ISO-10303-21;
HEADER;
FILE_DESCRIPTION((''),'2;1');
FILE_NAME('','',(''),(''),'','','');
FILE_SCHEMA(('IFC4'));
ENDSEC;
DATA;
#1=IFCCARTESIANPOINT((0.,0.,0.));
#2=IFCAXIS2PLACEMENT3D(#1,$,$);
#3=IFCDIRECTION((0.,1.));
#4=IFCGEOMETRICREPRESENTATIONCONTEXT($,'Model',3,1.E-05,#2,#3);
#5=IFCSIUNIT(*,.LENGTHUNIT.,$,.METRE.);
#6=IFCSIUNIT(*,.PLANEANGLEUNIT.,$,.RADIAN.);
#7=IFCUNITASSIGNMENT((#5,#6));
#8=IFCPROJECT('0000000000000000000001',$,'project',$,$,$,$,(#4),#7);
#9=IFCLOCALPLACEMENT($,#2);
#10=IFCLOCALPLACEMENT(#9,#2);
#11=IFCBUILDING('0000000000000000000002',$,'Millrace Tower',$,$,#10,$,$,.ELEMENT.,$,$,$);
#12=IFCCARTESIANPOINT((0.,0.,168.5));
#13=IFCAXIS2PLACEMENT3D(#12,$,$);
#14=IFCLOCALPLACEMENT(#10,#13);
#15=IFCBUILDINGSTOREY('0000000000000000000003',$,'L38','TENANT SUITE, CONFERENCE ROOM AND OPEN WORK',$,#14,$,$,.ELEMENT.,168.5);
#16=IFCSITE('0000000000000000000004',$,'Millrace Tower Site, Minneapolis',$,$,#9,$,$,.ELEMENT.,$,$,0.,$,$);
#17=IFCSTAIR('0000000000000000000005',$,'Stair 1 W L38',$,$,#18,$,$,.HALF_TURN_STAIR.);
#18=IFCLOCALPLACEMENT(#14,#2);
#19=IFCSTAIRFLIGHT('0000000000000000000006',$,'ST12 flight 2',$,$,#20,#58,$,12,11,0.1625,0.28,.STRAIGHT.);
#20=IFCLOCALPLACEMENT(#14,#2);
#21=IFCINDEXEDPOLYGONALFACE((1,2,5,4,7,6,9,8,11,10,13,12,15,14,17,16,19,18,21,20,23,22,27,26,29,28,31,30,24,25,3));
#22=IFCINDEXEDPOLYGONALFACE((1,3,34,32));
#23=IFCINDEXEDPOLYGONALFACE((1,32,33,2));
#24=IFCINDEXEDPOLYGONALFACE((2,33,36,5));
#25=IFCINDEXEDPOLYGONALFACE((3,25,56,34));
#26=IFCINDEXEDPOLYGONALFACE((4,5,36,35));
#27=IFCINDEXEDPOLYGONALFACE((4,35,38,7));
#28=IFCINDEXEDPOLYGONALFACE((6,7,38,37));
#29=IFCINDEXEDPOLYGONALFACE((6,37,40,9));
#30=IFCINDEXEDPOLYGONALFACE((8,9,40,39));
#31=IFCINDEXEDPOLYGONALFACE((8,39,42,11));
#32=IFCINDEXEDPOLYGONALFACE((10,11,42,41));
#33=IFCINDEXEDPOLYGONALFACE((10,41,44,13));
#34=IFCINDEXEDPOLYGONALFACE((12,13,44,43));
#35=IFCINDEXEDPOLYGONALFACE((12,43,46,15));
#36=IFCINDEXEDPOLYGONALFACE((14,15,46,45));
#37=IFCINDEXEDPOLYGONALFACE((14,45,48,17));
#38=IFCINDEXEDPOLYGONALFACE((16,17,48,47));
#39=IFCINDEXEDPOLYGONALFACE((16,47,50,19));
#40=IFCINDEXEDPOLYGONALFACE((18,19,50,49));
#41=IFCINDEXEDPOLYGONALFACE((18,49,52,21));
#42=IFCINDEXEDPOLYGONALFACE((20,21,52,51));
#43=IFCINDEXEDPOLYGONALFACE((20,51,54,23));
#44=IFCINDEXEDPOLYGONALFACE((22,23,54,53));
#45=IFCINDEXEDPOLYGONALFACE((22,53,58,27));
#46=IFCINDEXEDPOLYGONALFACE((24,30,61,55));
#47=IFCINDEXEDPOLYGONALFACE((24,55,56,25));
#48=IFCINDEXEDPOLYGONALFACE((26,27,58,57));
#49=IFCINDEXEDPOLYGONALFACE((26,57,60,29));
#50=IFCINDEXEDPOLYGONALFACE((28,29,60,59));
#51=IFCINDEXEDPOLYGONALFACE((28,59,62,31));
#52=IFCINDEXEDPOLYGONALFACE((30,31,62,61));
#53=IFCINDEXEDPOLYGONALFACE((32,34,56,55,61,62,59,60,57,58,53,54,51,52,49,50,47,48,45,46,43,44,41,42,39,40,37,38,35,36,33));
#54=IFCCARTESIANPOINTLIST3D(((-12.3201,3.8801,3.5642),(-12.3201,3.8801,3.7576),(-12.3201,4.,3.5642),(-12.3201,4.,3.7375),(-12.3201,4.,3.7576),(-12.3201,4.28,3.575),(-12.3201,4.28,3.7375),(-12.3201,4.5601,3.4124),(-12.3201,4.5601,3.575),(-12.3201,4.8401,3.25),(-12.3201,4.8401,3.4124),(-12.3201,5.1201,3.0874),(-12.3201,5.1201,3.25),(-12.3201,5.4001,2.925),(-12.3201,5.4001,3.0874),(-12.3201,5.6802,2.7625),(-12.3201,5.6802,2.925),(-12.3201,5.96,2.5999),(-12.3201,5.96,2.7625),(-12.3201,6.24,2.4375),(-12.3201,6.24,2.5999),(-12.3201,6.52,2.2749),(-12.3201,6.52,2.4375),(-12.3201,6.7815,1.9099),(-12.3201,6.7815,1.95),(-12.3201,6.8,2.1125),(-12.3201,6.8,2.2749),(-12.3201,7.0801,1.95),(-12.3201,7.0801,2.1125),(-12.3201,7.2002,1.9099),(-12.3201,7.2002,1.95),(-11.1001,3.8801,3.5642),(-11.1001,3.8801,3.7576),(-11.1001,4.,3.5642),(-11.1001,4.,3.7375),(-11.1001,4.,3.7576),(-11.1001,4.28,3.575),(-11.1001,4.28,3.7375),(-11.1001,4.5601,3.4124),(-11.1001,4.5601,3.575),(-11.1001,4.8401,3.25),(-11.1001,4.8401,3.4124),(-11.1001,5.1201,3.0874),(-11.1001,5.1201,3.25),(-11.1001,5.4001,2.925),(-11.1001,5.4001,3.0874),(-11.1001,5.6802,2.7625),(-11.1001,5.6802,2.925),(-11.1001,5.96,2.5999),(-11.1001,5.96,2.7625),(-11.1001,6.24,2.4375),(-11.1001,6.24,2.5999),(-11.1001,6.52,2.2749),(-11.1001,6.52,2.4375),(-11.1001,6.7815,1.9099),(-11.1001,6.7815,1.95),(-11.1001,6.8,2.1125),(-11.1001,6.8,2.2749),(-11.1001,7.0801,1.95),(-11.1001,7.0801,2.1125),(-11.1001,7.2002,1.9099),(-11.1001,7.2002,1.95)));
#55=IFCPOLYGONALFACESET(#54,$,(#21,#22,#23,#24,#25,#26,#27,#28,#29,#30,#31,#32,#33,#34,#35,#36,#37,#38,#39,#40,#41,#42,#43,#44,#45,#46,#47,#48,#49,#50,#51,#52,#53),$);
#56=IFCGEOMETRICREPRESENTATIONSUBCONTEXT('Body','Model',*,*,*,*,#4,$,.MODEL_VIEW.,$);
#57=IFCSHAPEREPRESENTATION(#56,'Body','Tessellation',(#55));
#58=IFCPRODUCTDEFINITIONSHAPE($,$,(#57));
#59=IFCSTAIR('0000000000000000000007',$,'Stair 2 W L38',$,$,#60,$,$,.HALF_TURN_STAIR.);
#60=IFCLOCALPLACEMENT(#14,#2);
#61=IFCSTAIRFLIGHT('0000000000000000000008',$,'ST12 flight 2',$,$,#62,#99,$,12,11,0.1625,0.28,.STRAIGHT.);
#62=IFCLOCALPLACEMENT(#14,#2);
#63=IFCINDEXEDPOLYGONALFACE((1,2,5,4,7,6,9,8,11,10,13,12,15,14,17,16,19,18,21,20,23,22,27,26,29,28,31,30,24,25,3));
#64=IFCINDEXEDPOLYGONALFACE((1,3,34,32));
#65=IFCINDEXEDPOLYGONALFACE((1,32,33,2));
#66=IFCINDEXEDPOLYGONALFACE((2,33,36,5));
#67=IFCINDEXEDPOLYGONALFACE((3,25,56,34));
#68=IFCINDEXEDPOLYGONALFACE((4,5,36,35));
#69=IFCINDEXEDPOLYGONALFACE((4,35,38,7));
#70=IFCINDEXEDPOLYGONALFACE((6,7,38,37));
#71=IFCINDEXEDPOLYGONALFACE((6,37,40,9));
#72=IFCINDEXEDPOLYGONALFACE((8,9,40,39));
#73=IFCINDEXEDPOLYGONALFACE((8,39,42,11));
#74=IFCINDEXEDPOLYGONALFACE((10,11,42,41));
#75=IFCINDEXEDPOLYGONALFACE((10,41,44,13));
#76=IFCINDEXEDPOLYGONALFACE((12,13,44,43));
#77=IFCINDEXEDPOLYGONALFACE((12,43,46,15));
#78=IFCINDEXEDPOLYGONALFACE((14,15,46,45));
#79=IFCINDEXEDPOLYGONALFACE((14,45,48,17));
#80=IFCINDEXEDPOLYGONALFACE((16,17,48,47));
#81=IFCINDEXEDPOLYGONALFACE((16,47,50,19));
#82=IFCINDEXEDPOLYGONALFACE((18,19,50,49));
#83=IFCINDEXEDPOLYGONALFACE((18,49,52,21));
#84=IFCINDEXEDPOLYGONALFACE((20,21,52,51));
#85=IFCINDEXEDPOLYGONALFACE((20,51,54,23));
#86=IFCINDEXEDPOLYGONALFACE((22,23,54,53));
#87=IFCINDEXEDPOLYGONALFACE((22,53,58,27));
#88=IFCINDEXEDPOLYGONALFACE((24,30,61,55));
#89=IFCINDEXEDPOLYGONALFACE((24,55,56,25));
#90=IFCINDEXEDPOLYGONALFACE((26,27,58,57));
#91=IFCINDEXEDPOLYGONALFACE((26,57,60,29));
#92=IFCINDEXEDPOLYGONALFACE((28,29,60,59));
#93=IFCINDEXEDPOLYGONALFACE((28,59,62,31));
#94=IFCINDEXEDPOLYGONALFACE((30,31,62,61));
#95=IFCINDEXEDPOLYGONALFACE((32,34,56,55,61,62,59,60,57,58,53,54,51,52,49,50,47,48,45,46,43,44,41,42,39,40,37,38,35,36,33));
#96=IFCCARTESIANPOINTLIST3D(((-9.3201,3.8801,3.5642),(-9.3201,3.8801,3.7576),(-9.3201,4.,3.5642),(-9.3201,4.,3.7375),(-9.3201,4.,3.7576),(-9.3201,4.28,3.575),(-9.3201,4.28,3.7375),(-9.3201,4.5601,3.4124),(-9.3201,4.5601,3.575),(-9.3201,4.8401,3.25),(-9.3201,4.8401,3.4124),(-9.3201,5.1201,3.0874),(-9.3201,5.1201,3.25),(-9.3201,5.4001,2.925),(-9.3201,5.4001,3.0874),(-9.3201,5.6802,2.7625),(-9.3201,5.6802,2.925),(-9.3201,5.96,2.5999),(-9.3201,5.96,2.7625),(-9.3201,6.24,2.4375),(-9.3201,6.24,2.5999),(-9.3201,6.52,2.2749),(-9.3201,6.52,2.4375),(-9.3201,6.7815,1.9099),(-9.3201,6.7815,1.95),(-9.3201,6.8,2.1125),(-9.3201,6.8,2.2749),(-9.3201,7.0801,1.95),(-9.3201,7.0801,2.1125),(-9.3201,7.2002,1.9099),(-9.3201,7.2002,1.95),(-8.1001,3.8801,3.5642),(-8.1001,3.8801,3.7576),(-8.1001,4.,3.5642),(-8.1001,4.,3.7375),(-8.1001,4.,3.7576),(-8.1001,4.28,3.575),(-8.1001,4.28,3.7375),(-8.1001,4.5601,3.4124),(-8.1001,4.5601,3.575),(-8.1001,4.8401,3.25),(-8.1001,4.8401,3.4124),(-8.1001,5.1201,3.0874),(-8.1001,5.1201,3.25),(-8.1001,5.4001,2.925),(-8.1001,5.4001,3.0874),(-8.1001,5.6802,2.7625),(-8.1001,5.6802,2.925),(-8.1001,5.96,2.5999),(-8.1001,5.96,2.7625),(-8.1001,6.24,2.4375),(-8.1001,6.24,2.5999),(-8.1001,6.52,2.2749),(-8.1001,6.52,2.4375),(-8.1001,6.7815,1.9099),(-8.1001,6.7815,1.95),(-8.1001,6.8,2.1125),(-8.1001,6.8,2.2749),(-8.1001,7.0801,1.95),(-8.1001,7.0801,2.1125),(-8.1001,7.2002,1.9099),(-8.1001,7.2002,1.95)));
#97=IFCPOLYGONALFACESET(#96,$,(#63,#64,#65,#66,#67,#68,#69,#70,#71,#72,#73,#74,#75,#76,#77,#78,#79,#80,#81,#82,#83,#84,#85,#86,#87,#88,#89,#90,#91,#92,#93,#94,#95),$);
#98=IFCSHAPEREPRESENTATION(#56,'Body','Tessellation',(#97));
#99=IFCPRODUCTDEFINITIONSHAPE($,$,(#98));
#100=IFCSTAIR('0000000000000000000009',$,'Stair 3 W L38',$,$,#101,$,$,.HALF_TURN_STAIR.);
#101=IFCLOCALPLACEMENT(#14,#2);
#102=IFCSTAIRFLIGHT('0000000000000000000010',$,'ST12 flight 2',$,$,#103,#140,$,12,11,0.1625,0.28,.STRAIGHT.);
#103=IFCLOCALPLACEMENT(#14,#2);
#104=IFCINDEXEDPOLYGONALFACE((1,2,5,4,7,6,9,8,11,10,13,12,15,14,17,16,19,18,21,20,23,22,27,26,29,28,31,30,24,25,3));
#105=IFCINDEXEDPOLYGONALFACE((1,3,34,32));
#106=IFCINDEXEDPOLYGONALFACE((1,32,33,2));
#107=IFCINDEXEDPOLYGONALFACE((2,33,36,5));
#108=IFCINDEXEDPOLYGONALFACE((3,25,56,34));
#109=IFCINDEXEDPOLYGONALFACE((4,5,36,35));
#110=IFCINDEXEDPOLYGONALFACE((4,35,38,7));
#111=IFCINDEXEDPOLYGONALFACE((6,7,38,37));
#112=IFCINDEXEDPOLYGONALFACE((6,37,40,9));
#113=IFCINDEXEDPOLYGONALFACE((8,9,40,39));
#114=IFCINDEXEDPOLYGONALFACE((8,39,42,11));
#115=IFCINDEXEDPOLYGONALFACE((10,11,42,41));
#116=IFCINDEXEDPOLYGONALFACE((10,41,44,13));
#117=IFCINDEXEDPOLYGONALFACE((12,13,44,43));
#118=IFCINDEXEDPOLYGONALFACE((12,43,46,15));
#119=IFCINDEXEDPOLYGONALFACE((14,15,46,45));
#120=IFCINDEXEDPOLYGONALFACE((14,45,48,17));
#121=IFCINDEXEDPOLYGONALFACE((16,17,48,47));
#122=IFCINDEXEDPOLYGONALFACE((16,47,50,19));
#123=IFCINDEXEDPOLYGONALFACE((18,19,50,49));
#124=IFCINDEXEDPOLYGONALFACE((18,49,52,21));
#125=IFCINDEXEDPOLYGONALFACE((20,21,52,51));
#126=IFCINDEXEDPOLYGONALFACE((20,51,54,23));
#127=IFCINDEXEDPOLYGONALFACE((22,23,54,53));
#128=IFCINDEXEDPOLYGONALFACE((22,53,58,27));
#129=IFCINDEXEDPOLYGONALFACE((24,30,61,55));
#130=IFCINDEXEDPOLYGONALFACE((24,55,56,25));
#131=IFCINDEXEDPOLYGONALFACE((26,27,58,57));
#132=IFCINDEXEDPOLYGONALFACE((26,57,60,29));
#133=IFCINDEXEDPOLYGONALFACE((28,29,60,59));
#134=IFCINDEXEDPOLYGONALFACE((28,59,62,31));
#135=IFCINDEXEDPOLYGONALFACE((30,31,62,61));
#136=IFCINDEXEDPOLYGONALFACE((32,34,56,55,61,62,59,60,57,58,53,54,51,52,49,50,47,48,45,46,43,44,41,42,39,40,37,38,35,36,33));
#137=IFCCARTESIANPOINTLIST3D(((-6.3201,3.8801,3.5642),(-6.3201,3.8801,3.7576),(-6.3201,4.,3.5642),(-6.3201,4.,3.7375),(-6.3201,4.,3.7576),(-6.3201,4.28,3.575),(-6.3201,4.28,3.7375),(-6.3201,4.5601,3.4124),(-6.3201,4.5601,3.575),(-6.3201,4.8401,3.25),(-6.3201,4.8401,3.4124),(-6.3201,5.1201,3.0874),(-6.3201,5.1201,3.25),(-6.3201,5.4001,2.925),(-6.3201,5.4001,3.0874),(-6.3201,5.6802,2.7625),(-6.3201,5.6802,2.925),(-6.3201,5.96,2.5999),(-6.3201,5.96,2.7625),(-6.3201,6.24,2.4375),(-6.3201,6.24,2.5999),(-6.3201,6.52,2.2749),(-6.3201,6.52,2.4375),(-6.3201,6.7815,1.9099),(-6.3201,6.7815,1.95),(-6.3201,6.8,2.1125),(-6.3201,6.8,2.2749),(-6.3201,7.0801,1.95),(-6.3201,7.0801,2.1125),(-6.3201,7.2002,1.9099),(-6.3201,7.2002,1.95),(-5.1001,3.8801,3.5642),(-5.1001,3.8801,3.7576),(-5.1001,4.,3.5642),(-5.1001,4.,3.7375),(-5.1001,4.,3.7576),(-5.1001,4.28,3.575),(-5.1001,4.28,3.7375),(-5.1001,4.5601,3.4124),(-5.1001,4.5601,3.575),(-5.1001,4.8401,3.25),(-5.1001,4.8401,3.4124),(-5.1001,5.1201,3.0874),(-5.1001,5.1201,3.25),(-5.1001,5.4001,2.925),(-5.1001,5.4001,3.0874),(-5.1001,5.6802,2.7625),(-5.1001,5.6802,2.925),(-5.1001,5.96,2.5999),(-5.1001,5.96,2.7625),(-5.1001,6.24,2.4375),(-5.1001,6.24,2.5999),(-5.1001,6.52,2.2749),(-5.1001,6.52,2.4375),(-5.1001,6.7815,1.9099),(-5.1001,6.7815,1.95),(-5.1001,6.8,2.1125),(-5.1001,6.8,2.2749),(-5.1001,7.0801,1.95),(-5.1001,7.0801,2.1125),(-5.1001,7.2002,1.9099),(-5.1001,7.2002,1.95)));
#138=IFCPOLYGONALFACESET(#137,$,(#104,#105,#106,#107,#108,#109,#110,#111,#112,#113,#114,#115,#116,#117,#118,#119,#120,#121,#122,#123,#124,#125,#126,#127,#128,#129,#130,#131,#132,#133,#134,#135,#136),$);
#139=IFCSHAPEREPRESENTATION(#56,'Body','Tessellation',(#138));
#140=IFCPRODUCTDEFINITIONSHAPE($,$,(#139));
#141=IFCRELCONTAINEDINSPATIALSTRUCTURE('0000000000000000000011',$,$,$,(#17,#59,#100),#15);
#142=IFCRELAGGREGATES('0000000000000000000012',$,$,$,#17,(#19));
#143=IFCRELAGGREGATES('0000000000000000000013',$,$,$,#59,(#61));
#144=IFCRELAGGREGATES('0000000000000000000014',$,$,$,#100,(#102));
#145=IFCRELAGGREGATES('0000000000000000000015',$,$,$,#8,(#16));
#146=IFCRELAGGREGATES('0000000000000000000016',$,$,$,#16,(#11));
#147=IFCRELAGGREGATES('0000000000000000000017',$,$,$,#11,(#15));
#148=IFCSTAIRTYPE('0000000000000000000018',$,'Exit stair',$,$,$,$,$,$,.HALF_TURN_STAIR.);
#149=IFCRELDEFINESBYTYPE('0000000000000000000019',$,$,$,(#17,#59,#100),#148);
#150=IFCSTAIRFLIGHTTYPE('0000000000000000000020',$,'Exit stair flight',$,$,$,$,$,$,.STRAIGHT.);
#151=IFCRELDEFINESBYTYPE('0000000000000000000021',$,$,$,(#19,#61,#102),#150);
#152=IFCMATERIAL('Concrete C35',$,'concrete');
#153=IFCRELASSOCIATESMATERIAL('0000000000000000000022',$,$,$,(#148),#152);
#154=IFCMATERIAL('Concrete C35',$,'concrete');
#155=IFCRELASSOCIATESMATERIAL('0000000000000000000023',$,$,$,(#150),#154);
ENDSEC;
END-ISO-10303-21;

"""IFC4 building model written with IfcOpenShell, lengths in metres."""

from ifc_helpers import new_model, si_unit, direction, frame, origin, place, context, subcontext, project, spatial, polyline, outline, extrude, material, type_object, element, aggregate, save


model = new_model("IFC4")

# Units and contexts
model_context = context("Model", 3, precision=1e-05, world=origin(), true_north=direction((0.0, 1.0)))
body_context = subcontext(model_context, "Body", "Model", "MODEL_VIEW")
ifc_project = project(units=[si_unit("LENGTHUNIT", "METRE"), si_unit("PLANEANGLEUNIT", "RADIAN")], contexts=[model_context])

# Site, building, storey
site_placement = place(None, origin())
site = spatial("IfcSite", under=ifc_project, at=site_placement, Name="Millrace Tower Site, Minneapolis", CompositionType="ELEMENT", RefElevation=0.0)
building_placement = place(site_placement, origin())
building = spatial("IfcBuilding", under=site, at=building_placement, Name="Millrace Tower", CompositionType="ELEMENT")
storey_placement = place(building_placement, frame((0.0, 0.0, 168.5)))
storey = spatial("IfcBuildingStorey", under=building, at=storey_placement, Name="L38", Description="TENANT SUITE, CONFERENCE ROOM AND OPEN WORK", CompositionType="ELEMENT", Elevation=168.5)

# Shared definitions
placement = place(storey_placement, origin())

# Stairs, stair flights
ifc_material_1 = material(Name="Concrete C35", Category="concrete")
stair_type = type_object("IfcStairType", Name="Exit stair", PredefinedType="HALF_TURN_STAIR", material=ifc_material_1)
stair_1 = element("IfcStair", 1, at=placement, inside=storey, type_object=stair_type, Name="Stair 1 W L38", PredefinedType="HALF_TURN_STAIR")
ifc_material_2 = material(Name="Concrete C35", Category="concrete")
stair_flight_type = type_object("IfcStairFlightType", Name="Exit stair flight", PredefinedType="STRAIGHT", material=ifc_material_2)
stair_flight_1_placement = place(storey_placement, frame((-11.71, 7.0801, 1.95), z_axis=(0.0, 0.0, 1.0), x_axis=(0.0, -1.0, 0.0)))
stair_flight_1 = element("IfcStairFlight", 2, at=stair_flight_1_placement, type_object=stair_flight_type, Name="ST12 flight 2", NumberOfRisers=12, NumberOfTreads=11, PredefinedType="STRAIGHT", RiserHeight=0.1625, TreadLength=0.28, context=body_context, shape_type="SweptSolid", body=[
    extrude(outline(polyline([(-0.1201, -0.04), (-0.1201, 0.0), (0.0, 0.0), (0.0, 0.1626), (0.28, 0.1626), (0.28, 0.325), (0.5601, 0.325), (0.5601, 0.4875), (0.8401, 0.4875), (0.8401, 0.6499), (1.1201, 0.6499), (1.1201, 0.8125), (1.3999, 0.8125), (1.3999, 0.9751), (1.6799, 0.9751), (1.6799, 1.1375), (1.96, 1.1375), (1.96, 1.3), (2.24, 1.3), (2.24, 1.4624), (2.52, 1.4624), (2.52, 1.625), (2.8, 1.625), (2.8, 1.7876), (3.0801, 1.7876), (3.0801, 1.8076), (3.2, 1.8076), (3.2, 1.6143), (3.0801, 1.6143), (0.2986, 0.0), (0.2986, -0.04), (-0.1201, -0.04)])), frame((0.0, 0.6099, 0.0), z_axis=(0.0, -1.0, 0.0), x_axis=(1.0, 0.0, 0.0)), (0.0, 0.0, 1.0), 1.22),
])
aggregate(stair_1, [stair_flight_1])
stair_2 = element("IfcStair", 3, at=placement, inside=storey, type_object=stair_type, Name="Stair 2 W L38", PredefinedType="HALF_TURN_STAIR")
stair_flight_2_placement = place(storey_placement, frame((-8.71, 7.0801, 1.95), z_axis=(0.0, 0.0, 1.0), x_axis=(0.0, -1.0, 0.0)))
stair_flight_2 = element("IfcStairFlight", 4, at=stair_flight_2_placement, type_object=stair_flight_type, Name="ST12 flight 2", NumberOfRisers=12, NumberOfTreads=11, PredefinedType="STRAIGHT", RiserHeight=0.1625, TreadLength=0.28, context=body_context, shape_type="SweptSolid", body=[
    extrude(outline(polyline([(-0.1201, -0.04), (-0.1201, 0.0), (0.0, 0.0), (0.0, 0.1626), (0.28, 0.1626), (0.28, 0.325), (0.5601, 0.325), (0.5601, 0.4875), (0.8401, 0.4875), (0.8401, 0.6499), (1.1201, 0.6499), (1.1201, 0.8125), (1.3999, 0.8125), (1.3999, 0.9751), (1.6799, 0.9751), (1.6799, 1.1375), (1.96, 1.1375), (1.96, 1.3), (2.24, 1.3), (2.24, 1.4624), (2.52, 1.4624), (2.52, 1.625), (2.8, 1.625), (2.8, 1.7876), (3.0801, 1.7876), (3.0801, 1.8076), (3.2, 1.8076), (3.2, 1.6143), (3.0801, 1.6143), (0.2986, 0.0), (0.2986, -0.04), (-0.1201, -0.04)])), frame((0.0, 0.6099, 0.0), z_axis=(0.0, -1.0, 0.0), x_axis=(1.0, 0.0, 0.0)), (0.0, 0.0, 1.0), 1.22),
])
aggregate(stair_2, [stair_flight_2])
stair_3 = element("IfcStair", 5, at=placement, inside=storey, type_object=stair_type, Name="Stair 3 W L38", PredefinedType="HALF_TURN_STAIR")
stair_flight_3_placement = place(storey_placement, frame((-5.71, 7.0801, 1.95), z_axis=(0.0, 0.0, 1.0), x_axis=(0.0, -1.0, 0.0)))
stair_flight_3 = element("IfcStairFlight", 6, at=stair_flight_3_placement, type_object=stair_flight_type, Name="ST12 flight 2", NumberOfRisers=12, NumberOfTreads=11, PredefinedType="STRAIGHT", RiserHeight=0.1625, TreadLength=0.28, context=body_context, shape_type="SweptSolid", body=[
    extrude(outline(polyline([(-0.1201, -0.04), (-0.1201, 0.0), (0.0, 0.0), (0.0, 0.1626), (0.28, 0.1626), (0.28, 0.325), (0.5601, 0.325), (0.5601, 0.4875), (0.8401, 0.4875), (0.8401, 0.6499), (1.1201, 0.6499), (1.1201, 0.8125), (1.3999, 0.8125), (1.3999, 0.9751), (1.6799, 0.9751), (1.6799, 1.1375), (1.96, 1.1375), (1.96, 1.3), (2.24, 1.3), (2.24, 1.4624), (2.52, 1.4624), (2.52, 1.625), (2.8, 1.625), (2.8, 1.7876), (3.0801, 1.7876), (3.0801, 1.8076), (3.2, 1.8076), (3.2, 1.6143), (3.0801, 1.6143), (0.2986, 0.0), (0.2986, -0.04), (-0.1201, -0.04)])), frame((0.0, 0.6099, 0.0), z_axis=(0.0, -1.0, 0.0), x_axis=(1.0, 0.0, 0.0)), (0.0, 0.0, 1.0), 1.22),
])
aggregate(stair_3, [stair_flight_3])

save(model, "model.ifc")
